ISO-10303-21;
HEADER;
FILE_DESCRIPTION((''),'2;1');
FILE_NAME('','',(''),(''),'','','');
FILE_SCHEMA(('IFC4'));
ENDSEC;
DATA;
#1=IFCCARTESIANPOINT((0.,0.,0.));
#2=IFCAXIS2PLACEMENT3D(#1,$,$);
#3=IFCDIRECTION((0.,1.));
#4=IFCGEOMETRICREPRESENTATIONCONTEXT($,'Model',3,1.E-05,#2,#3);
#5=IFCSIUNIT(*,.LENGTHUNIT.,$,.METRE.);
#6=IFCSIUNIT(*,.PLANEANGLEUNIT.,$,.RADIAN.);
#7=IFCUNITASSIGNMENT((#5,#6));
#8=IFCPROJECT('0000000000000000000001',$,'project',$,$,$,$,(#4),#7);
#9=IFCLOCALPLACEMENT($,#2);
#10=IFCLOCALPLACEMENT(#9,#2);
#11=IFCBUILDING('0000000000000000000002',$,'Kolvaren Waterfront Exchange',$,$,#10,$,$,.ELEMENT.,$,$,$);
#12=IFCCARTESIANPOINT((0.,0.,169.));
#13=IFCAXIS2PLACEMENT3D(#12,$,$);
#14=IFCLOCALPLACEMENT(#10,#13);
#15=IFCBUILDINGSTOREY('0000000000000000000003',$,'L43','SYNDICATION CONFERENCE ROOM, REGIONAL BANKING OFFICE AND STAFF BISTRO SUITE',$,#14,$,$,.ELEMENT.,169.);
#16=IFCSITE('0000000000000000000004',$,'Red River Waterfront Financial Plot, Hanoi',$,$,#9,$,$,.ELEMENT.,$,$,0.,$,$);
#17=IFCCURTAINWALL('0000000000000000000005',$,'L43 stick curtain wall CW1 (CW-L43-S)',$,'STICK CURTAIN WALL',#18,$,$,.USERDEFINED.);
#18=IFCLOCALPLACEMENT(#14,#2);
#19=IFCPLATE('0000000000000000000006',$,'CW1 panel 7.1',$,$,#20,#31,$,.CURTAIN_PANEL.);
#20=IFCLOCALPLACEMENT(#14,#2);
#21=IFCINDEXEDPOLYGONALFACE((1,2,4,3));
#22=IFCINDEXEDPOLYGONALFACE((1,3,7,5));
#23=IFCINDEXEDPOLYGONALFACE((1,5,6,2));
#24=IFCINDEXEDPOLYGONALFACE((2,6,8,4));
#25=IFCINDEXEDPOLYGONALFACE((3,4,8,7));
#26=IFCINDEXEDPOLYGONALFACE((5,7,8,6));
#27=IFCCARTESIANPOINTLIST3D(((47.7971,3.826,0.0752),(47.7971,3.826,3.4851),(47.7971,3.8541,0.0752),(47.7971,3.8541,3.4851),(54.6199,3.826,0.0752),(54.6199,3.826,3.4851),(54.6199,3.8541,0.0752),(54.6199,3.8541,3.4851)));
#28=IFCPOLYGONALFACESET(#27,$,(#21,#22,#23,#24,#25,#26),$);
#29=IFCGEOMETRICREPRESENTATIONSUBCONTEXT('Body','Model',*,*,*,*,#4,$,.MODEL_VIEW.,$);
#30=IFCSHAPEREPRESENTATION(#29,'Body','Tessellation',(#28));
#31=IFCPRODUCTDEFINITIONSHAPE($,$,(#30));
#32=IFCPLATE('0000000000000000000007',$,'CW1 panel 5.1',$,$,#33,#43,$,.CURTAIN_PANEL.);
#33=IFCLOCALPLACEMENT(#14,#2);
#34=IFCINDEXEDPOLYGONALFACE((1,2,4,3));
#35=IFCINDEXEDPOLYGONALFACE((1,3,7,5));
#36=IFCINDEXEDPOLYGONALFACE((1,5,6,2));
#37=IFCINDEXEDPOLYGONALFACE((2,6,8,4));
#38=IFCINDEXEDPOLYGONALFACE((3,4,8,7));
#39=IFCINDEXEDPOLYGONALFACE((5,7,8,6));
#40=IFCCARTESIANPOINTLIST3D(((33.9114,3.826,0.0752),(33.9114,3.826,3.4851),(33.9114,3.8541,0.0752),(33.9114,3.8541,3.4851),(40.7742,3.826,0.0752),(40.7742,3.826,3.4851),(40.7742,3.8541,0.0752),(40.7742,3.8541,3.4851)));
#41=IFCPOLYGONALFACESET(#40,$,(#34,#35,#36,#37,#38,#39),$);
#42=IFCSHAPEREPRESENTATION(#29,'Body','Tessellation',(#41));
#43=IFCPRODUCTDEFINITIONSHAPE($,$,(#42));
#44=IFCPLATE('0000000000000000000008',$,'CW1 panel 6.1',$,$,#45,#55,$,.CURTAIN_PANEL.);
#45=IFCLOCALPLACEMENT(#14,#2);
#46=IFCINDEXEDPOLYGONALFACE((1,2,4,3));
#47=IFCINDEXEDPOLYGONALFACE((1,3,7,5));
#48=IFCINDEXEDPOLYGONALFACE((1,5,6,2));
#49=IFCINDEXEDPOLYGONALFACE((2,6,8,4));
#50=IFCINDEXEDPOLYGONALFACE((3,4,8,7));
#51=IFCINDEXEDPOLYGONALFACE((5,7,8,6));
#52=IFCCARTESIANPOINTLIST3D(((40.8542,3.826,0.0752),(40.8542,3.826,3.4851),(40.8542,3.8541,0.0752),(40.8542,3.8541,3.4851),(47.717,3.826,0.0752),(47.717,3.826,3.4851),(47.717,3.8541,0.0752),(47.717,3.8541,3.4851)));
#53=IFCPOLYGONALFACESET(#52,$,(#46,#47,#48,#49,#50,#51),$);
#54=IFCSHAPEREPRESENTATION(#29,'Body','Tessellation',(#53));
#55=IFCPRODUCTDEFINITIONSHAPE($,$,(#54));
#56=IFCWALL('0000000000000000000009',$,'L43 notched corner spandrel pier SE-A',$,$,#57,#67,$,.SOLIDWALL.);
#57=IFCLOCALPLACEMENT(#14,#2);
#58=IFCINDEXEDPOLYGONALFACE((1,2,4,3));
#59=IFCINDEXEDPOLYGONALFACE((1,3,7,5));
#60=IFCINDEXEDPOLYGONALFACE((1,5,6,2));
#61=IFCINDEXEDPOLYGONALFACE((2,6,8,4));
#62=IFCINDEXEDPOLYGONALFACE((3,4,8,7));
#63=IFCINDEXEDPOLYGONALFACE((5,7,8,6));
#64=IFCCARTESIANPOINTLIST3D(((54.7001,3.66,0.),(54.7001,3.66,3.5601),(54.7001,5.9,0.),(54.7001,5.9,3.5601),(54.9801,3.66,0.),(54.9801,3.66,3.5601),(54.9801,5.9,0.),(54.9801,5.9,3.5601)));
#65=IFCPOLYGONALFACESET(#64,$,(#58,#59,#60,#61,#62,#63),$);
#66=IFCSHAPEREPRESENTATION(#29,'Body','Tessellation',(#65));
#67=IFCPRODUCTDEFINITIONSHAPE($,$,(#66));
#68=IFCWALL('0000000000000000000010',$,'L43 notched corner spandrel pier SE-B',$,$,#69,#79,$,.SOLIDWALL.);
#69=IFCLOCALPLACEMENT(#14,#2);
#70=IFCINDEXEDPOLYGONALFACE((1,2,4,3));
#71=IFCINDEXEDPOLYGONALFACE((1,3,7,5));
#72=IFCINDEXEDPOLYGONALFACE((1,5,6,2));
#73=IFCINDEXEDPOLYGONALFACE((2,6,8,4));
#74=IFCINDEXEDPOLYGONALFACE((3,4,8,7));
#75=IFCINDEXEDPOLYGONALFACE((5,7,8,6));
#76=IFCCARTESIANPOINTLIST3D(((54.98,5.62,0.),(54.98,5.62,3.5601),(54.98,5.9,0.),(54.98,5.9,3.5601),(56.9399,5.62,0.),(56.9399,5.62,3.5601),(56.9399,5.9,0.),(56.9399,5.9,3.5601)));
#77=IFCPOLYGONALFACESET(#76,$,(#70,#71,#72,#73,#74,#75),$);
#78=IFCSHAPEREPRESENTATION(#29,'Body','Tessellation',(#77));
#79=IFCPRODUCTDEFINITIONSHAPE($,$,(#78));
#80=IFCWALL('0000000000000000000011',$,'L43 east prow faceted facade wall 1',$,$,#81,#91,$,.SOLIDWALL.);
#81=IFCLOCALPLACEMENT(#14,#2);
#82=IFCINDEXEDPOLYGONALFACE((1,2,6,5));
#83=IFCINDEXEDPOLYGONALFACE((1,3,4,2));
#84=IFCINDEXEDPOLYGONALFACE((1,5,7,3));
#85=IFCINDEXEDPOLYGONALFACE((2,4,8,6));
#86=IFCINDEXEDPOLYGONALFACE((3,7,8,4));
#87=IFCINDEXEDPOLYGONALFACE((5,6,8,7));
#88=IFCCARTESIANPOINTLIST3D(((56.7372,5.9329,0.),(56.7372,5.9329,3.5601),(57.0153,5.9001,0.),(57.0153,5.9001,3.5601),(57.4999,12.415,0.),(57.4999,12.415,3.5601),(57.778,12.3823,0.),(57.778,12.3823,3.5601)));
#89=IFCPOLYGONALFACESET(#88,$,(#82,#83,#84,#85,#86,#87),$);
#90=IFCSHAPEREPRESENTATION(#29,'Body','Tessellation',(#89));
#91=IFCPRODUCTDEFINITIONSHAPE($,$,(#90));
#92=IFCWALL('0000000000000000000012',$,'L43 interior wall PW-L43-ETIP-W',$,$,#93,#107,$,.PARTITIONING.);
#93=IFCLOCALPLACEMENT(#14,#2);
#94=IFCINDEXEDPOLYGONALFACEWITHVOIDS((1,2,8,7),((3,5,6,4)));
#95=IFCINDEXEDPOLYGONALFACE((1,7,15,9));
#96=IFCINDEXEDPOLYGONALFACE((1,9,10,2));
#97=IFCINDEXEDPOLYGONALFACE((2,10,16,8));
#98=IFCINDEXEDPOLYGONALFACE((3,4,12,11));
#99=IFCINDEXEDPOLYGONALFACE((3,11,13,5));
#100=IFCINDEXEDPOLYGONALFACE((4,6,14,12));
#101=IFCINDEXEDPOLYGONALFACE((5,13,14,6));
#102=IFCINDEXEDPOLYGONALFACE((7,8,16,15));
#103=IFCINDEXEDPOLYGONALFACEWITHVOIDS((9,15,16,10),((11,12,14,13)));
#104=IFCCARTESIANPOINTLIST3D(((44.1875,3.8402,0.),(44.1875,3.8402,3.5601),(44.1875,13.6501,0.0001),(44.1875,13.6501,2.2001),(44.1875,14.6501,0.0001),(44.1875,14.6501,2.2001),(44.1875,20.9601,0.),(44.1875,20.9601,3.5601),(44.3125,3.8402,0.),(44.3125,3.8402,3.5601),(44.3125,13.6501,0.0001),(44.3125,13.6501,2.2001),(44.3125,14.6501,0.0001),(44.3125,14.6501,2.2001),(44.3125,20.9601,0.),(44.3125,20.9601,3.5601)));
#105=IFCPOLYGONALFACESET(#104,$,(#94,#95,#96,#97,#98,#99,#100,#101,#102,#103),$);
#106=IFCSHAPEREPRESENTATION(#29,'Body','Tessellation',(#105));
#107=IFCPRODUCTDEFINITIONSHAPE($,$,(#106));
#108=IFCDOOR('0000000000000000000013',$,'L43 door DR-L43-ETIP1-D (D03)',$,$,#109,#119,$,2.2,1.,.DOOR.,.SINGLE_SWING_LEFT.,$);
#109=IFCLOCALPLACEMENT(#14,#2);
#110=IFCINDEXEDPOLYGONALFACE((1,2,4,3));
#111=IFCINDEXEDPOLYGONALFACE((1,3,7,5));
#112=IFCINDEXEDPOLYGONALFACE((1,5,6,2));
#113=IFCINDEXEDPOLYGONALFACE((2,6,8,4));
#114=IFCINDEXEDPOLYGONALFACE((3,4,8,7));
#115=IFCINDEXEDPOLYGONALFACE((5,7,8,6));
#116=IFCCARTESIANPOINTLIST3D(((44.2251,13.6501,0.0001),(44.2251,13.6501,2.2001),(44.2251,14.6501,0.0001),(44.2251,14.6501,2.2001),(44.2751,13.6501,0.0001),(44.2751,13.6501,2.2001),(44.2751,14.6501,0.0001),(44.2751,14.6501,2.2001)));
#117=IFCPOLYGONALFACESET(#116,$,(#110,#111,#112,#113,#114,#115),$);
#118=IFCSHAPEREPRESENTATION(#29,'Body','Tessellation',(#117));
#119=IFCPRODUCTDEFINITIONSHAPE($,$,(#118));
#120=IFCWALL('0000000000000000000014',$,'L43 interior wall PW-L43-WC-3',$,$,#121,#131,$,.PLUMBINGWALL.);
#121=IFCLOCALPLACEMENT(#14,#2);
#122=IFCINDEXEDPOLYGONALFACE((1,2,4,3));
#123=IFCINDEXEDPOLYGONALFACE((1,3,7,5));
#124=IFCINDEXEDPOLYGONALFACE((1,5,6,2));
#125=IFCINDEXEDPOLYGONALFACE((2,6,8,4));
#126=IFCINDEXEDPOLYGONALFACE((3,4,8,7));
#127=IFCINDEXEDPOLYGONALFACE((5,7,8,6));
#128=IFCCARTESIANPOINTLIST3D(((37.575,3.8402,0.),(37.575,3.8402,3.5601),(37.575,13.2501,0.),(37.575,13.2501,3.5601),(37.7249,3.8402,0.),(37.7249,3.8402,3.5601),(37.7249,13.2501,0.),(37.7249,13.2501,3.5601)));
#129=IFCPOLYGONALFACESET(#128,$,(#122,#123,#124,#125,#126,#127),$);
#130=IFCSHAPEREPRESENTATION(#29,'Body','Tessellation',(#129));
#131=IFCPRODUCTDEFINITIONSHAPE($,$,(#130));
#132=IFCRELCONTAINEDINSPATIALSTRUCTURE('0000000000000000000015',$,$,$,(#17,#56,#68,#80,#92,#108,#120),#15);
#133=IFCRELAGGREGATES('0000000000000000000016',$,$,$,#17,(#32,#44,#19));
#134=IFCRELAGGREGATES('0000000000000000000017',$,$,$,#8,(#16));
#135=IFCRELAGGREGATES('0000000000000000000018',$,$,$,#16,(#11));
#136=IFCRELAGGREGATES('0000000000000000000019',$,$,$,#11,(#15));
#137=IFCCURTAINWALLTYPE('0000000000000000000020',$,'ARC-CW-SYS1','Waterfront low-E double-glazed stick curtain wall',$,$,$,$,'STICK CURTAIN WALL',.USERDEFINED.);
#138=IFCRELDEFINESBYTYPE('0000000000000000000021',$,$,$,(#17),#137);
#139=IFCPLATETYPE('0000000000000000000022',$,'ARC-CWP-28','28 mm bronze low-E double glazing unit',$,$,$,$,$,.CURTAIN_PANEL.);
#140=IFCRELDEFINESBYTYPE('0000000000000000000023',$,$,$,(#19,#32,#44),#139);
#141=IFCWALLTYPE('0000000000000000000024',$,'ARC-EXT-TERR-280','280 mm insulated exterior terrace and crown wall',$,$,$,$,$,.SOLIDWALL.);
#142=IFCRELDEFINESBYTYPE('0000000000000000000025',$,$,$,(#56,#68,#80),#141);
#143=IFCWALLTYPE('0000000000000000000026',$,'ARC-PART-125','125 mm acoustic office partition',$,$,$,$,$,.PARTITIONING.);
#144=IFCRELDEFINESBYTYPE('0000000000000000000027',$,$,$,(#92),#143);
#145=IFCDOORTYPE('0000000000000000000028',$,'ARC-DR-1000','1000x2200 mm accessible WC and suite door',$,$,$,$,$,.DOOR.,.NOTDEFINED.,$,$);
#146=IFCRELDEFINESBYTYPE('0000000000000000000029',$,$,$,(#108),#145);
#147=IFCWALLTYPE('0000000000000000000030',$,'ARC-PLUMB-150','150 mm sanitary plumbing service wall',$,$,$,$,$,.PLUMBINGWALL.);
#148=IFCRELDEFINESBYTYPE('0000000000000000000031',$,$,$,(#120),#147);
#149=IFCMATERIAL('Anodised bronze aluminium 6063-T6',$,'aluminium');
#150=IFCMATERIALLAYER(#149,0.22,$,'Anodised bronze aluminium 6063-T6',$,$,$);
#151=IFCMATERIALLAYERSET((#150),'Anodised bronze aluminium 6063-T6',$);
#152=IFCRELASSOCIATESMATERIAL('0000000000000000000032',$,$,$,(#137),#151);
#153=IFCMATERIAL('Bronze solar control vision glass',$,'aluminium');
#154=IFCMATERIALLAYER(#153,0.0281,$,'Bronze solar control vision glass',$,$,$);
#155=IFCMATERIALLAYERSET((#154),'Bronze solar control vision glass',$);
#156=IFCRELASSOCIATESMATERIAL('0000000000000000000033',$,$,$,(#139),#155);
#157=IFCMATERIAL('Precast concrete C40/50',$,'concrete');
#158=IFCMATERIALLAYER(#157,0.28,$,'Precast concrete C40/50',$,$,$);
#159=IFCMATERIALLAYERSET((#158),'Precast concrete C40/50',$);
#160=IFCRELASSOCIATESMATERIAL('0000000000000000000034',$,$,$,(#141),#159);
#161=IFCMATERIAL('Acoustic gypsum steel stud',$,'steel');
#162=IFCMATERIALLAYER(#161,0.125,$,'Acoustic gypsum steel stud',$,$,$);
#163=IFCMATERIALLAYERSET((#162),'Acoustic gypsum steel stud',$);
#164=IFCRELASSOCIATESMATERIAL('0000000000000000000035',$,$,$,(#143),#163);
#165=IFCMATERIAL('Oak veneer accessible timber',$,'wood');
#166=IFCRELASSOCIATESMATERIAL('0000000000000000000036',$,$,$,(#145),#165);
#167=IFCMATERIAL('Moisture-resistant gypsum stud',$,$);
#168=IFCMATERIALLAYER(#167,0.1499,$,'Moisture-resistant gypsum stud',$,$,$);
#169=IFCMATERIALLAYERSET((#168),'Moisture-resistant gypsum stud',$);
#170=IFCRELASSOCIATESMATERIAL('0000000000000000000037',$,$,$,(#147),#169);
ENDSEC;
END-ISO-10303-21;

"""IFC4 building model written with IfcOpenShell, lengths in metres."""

from ifc_helpers import new_model, si_unit, direction, frame, frame_2d, origin, origin_with_axes, origin_2d, place, context, subcontext, project, spatial, rectangle, extrude, source, transform, mapped, material, layer, layer_set, type_object, element, fill, aggregate, save


model = new_model("IFC4")

# Units and contexts
model_context = context("Model", 3, precision=1e-05, world=origin(), true_north=direction((0.0, 1.0)))
body_context = subcontext(model_context, "Body", "Model", "MODEL_VIEW")
ifc_project = project(units=[si_unit("LENGTHUNIT", "METRE"), si_unit("PLANEANGLEUNIT", "RADIAN")], contexts=[model_context])

# Site, building, storey
site_placement = place(None, origin())
site = spatial("IfcSite", under=ifc_project, at=site_placement, Name="Red River Waterfront Financial Plot, Hanoi", CompositionType="ELEMENT", RefElevation=0.0)
building_placement = place(site_placement, origin())
building = spatial("IfcBuilding", under=site, at=building_placement, Name="Kolvaren Waterfront Exchange", CompositionType="ELEMENT")
storey_placement = place(building_placement, frame((0.0, 0.0, 169.0)))
storey = spatial("IfcBuildingStorey", under=building, at=storey_placement, Name="L43", Description="SYNDICATION CONFERENCE ROOM, REGIONAL BANKING OFFICE AND STAFF BISTRO SUITE", CompositionType="ELEMENT", Elevation=169.0)

# Curtain wall, plates
ifc_material_1 = material(Name="Anodised bronze aluminium 6063-T6", Category="aluminium")
ifc_layer_1 = layer(ifc_material_1, 0.22, Name="Anodised bronze aluminium 6063-T6")
ifc_layer_set_1 = layer_set([ifc_layer_1], Name="Anodised bronze aluminium 6063-T6")
curtain_wall_type = type_object("IfcCurtainWallType", Name="ARC-CW-SYS1", Description="Waterfront low-E double-glazed stick curtain wall", ElementType="STICK CURTAIN WALL", PredefinedType="USERDEFINED", material=ifc_layer_set_1)
curtain_wall_placement = place(storey_placement, origin())
curtain_wall = element("IfcCurtainWall", 1, at=curtain_wall_placement, inside=storey, type_object=curtain_wall_type, Name="L43 stick curtain wall CW1 (CW-L43-S)", ObjectType="STICK CURTAIN WALL", PredefinedType="USERDEFINED")
ifc_material_2 = material(Name="Bronze solar control vision glass", Category="aluminium")
ifc_layer_2 = layer(ifc_material_2, 0.0281, Name="Bronze solar control vision glass")
ifc_layer_set_2 = layer_set([ifc_layer_2], Name="Bronze solar control vision glass")
plate_type = type_object("IfcPlateType", Name="ARC-CWP-28", Description="28 mm bronze low-E double glazing unit", PredefinedType="CURTAIN_PANEL", material=ifc_layer_set_2)
shared_shape_1 = source(origin_with_axes(), body_context, "Body", "SweptSolid", [
    extrude(rectangle(XDim=6.8228, YDim=0.0281, at=origin_2d()), origin(), (0.0, 0.0, 1.0), 3.4099),
])
plate_1_placement = place(storey_placement, frame((51.2085, 3.8401, 0.0752), z_axis=(0.0, 0.0, 1.0), x_axis=(1.0, 0.0, 0.0)))
plate_1 = element("IfcPlate", 2, at=plate_1_placement, type_object=plate_type, Name="CW1 panel 7.1", PredefinedType="CURTAIN_PANEL", context=body_context, shape_type="MappedRepresentation", body=[
    mapped(shared_shape_1, transform((0.0, 0.0, 0.0), x_axis=(1.0, 0.0, 0.0), y_axis=(0.0, 1.0, 0.0), z_axis=(0.0, 0.0, 1.0), scale=1.0)),
])
shared_shape_2 = source(origin_with_axes(), body_context, "Body", "SweptSolid", [
    extrude(rectangle(XDim=6.8628, YDim=0.0281, at=origin_2d()), origin(), (0.0, 0.0, 1.0), 3.4099),
])
plate_2_placement = place(storey_placement, frame((37.3428, 3.8401, 0.0752), z_axis=(0.0, 0.0, 1.0), x_axis=(1.0, 0.0, 0.0)))
plate_2 = element("IfcPlate", 3, at=plate_2_placement, type_object=plate_type, Name="CW1 panel 5.1", PredefinedType="CURTAIN_PANEL", context=body_context, shape_type="MappedRepresentation", body=[
    mapped(shared_shape_2, transform((0.0, 0.0, 0.0), x_axis=(1.0, 0.0, 0.0), y_axis=(0.0, 1.0, 0.0), z_axis=(0.0, 0.0, 1.0), scale=1.0)),
])
plate_3_placement = place(storey_placement, frame((44.2856, 3.8401, 0.0752), z_axis=(0.0, 0.0, 1.0), x_axis=(1.0, 0.0, 0.0)))
plate_3 = element("IfcPlate", 4, at=plate_3_placement, type_object=plate_type, Name="CW1 panel 6.1", PredefinedType="CURTAIN_PANEL", context=body_context, shape_type="MappedRepresentation", body=[
    mapped(shared_shape_2, transform((0.0, 0.0, 0.0), x_axis=(1.0, 0.0, 0.0), y_axis=(0.0, 1.0, 0.0), z_axis=(0.0, 0.0, 1.0), scale=1.0)),
])
aggregate(curtain_wall, [plate_2, plate_3, plate_1])

# Walls
ifc_material_3 = material(Name="Precast concrete C40/50", Category="concrete")
ifc_layer_3 = layer(ifc_material_3, 0.28, Name="Precast concrete C40/50")
ifc_layer_set_3 = layer_set([ifc_layer_3], Name="Precast concrete C40/50")
wall_type_1 = type_object("IfcWallType", Name="ARC-EXT-TERR-280", Description="280 mm insulated exterior terrace and crown wall", PredefinedType="SOLIDWALL", material=ifc_layer_set_3)
wall_1_placement = place(storey_placement, frame((54.8401, 3.6599, 0.0), z_axis=(0.0, 0.0, 1.0), x_axis=(0.0, 1.0, 0.0)))
element("IfcWall", 5, at=wall_1_placement, inside=storey, type_object=wall_type_1, Name="L43 notched corner spandrel pier SE-A", PredefinedType="SOLIDWALL", context=body_context, shape_type="SweptSolid", body=[
    extrude(rectangle(XDim=2.24, YDim=0.28, at=frame_2d((1.1201, 0.0))), origin(), (0.0, 0.0, 1.0), 3.5601),
])
wall_2_placement = place(storey_placement, frame((54.98, 5.76, 0.0), z_axis=(0.0, 0.0, 1.0), x_axis=(1.0, 0.0, 0.0)))
element("IfcWall", 6, at=wall_2_placement, inside=storey, type_object=wall_type_1, Name="L43 notched corner spandrel pier SE-B", PredefinedType="SOLIDWALL", context=body_context, shape_type="SweptSolid", body=[
    extrude(rectangle(XDim=1.96, YDim=0.28, at=frame_2d((0.98, 0.0))), origin(), (0.0, 0.0, 1.0), 3.5601),
])
wall_3_placement = place(storey_placement, frame((56.8762, 5.9165, 0.0), z_axis=(0.0, 0.0, 1.0), x_axis=(0.116854, 0.993149, 0.0)))
element("IfcWall", 7, at=wall_3_placement, inside=storey, type_object=wall_type_1, Name="L43 east prow faceted facade wall 1", PredefinedType="SOLIDWALL", context=body_context, shape_type="SweptSolid", body=[
    extrude(rectangle(XDim=6.5269, YDim=0.28, at=frame_2d((3.2634, 0.0))), origin(), (0.0, 0.0, 1.0), 3.5601),
])

# Wall, opening, door
ifc_material_4 = material(Name="Acoustic gypsum steel stud", Category="steel")
ifc_layer_4 = layer(ifc_material_4, 0.125, Name="Acoustic gypsum steel stud")
ifc_layer_set_4 = layer_set([ifc_layer_4], Name="Acoustic gypsum steel stud")
wall_type_2 = type_object("IfcWallType", Name="ARC-PART-125", Description="125 mm acoustic office partition", PredefinedType="PARTITIONING", material=ifc_layer_set_4)
wall_4_placement = place(storey_placement, frame((44.25, 3.8401, 0.0), z_axis=(0.0, 0.0, 1.0), x_axis=(0.0, 1.0, 0.0)))
wall_4 = element("IfcWall", 8, at=wall_4_placement, inside=storey, type_object=wall_type_2, Name="L43 interior wall PW-L43-ETIP-W", PredefinedType="PARTITIONING", context=body_context, shape_type="SweptSolid", body=[
    extrude(rectangle(XDim=17.1199, YDim=0.125, at=frame_2d((8.5601, 0.0))), origin(), (0.0, 0.0, 1.0), 3.5601),
])
opening_placement = place(wall_4_placement, frame((9.8101, 0.0, 0.0)))
opening = element("IfcOpeningElement", 9, at=opening_placement, cuts=wall_4, PredefinedType="OPENING", context=body_context, shape_type="SweptSolid", body=[
    extrude(rectangle(XDim=1.0, YDim=2.2, at=frame_2d((0.5, 1.1001))), frame((0.0, 0.0725, 0.0), z_axis=(0.0, -1.0, 0.0), x_axis=(1.0, 0.0, 0.0)), (0.0, 0.0, 1.0), 0.145),
])
ifc_material_5 = material(Name="Oak veneer accessible timber", Category="wood")
door_type = type_object("IfcDoorType", Name="ARC-DR-1000", Description="1000x2200 mm accessible WC and suite door", OperationType="NOTDEFINED", PredefinedType="DOOR", material=ifc_material_5)
door_placement = place(opening_placement, origin())
door = element("IfcDoor", 10, at=door_placement, inside=storey, type_object=door_type, Name="L43 door DR-L43-ETIP1-D (D03)", OperationType="SINGLE_SWING_LEFT", OverallHeight=2.2, OverallWidth=1.0, PredefinedType="DOOR", context=body_context, shape_type="SweptSolid", body=[
    extrude(rectangle(XDim=1.0, YDim=2.2, at=frame_2d((0.5, 1.1001))), frame((0.0, 0.0249, 0.0), z_axis=(0.0, -1.0, 0.0), x_axis=(1.0, 0.0, 0.0)), (0.0, 0.0, 1.0), 0.05),
])
fill(opening, door)

# Wall
ifc_material_6 = material(Name="Moisture-resistant gypsum stud")
ifc_layer_5 = layer(ifc_material_6, 0.1499, Name="Moisture-resistant gypsum stud")
ifc_layer_set_5 = layer_set([ifc_layer_5], Name="Moisture-resistant gypsum stud")
wall_type_3 = type_object("IfcWallType", Name="ARC-PLUMB-150", Description="150 mm sanitary plumbing service wall", PredefinedType="PLUMBINGWALL", material=ifc_layer_set_5)
wall_5_placement = place(storey_placement, frame((37.6499, 3.8401, 0.0), z_axis=(0.0, 0.0, 1.0), x_axis=(0.0, 1.0, 0.0)))
element("IfcWall", 11, at=wall_5_placement, inside=storey, type_object=wall_type_3, Name="L43 interior wall PW-L43-WC-3", PredefinedType="PLUMBINGWALL", context=body_context, shape_type="SweptSolid", body=[
    extrude(rectangle(XDim=9.4099, YDim=0.1499, at=frame_2d((4.7051, 0.0))), origin(), (0.0, 0.0, 1.0), 3.5601),
])

save(model, "model.ifc")
